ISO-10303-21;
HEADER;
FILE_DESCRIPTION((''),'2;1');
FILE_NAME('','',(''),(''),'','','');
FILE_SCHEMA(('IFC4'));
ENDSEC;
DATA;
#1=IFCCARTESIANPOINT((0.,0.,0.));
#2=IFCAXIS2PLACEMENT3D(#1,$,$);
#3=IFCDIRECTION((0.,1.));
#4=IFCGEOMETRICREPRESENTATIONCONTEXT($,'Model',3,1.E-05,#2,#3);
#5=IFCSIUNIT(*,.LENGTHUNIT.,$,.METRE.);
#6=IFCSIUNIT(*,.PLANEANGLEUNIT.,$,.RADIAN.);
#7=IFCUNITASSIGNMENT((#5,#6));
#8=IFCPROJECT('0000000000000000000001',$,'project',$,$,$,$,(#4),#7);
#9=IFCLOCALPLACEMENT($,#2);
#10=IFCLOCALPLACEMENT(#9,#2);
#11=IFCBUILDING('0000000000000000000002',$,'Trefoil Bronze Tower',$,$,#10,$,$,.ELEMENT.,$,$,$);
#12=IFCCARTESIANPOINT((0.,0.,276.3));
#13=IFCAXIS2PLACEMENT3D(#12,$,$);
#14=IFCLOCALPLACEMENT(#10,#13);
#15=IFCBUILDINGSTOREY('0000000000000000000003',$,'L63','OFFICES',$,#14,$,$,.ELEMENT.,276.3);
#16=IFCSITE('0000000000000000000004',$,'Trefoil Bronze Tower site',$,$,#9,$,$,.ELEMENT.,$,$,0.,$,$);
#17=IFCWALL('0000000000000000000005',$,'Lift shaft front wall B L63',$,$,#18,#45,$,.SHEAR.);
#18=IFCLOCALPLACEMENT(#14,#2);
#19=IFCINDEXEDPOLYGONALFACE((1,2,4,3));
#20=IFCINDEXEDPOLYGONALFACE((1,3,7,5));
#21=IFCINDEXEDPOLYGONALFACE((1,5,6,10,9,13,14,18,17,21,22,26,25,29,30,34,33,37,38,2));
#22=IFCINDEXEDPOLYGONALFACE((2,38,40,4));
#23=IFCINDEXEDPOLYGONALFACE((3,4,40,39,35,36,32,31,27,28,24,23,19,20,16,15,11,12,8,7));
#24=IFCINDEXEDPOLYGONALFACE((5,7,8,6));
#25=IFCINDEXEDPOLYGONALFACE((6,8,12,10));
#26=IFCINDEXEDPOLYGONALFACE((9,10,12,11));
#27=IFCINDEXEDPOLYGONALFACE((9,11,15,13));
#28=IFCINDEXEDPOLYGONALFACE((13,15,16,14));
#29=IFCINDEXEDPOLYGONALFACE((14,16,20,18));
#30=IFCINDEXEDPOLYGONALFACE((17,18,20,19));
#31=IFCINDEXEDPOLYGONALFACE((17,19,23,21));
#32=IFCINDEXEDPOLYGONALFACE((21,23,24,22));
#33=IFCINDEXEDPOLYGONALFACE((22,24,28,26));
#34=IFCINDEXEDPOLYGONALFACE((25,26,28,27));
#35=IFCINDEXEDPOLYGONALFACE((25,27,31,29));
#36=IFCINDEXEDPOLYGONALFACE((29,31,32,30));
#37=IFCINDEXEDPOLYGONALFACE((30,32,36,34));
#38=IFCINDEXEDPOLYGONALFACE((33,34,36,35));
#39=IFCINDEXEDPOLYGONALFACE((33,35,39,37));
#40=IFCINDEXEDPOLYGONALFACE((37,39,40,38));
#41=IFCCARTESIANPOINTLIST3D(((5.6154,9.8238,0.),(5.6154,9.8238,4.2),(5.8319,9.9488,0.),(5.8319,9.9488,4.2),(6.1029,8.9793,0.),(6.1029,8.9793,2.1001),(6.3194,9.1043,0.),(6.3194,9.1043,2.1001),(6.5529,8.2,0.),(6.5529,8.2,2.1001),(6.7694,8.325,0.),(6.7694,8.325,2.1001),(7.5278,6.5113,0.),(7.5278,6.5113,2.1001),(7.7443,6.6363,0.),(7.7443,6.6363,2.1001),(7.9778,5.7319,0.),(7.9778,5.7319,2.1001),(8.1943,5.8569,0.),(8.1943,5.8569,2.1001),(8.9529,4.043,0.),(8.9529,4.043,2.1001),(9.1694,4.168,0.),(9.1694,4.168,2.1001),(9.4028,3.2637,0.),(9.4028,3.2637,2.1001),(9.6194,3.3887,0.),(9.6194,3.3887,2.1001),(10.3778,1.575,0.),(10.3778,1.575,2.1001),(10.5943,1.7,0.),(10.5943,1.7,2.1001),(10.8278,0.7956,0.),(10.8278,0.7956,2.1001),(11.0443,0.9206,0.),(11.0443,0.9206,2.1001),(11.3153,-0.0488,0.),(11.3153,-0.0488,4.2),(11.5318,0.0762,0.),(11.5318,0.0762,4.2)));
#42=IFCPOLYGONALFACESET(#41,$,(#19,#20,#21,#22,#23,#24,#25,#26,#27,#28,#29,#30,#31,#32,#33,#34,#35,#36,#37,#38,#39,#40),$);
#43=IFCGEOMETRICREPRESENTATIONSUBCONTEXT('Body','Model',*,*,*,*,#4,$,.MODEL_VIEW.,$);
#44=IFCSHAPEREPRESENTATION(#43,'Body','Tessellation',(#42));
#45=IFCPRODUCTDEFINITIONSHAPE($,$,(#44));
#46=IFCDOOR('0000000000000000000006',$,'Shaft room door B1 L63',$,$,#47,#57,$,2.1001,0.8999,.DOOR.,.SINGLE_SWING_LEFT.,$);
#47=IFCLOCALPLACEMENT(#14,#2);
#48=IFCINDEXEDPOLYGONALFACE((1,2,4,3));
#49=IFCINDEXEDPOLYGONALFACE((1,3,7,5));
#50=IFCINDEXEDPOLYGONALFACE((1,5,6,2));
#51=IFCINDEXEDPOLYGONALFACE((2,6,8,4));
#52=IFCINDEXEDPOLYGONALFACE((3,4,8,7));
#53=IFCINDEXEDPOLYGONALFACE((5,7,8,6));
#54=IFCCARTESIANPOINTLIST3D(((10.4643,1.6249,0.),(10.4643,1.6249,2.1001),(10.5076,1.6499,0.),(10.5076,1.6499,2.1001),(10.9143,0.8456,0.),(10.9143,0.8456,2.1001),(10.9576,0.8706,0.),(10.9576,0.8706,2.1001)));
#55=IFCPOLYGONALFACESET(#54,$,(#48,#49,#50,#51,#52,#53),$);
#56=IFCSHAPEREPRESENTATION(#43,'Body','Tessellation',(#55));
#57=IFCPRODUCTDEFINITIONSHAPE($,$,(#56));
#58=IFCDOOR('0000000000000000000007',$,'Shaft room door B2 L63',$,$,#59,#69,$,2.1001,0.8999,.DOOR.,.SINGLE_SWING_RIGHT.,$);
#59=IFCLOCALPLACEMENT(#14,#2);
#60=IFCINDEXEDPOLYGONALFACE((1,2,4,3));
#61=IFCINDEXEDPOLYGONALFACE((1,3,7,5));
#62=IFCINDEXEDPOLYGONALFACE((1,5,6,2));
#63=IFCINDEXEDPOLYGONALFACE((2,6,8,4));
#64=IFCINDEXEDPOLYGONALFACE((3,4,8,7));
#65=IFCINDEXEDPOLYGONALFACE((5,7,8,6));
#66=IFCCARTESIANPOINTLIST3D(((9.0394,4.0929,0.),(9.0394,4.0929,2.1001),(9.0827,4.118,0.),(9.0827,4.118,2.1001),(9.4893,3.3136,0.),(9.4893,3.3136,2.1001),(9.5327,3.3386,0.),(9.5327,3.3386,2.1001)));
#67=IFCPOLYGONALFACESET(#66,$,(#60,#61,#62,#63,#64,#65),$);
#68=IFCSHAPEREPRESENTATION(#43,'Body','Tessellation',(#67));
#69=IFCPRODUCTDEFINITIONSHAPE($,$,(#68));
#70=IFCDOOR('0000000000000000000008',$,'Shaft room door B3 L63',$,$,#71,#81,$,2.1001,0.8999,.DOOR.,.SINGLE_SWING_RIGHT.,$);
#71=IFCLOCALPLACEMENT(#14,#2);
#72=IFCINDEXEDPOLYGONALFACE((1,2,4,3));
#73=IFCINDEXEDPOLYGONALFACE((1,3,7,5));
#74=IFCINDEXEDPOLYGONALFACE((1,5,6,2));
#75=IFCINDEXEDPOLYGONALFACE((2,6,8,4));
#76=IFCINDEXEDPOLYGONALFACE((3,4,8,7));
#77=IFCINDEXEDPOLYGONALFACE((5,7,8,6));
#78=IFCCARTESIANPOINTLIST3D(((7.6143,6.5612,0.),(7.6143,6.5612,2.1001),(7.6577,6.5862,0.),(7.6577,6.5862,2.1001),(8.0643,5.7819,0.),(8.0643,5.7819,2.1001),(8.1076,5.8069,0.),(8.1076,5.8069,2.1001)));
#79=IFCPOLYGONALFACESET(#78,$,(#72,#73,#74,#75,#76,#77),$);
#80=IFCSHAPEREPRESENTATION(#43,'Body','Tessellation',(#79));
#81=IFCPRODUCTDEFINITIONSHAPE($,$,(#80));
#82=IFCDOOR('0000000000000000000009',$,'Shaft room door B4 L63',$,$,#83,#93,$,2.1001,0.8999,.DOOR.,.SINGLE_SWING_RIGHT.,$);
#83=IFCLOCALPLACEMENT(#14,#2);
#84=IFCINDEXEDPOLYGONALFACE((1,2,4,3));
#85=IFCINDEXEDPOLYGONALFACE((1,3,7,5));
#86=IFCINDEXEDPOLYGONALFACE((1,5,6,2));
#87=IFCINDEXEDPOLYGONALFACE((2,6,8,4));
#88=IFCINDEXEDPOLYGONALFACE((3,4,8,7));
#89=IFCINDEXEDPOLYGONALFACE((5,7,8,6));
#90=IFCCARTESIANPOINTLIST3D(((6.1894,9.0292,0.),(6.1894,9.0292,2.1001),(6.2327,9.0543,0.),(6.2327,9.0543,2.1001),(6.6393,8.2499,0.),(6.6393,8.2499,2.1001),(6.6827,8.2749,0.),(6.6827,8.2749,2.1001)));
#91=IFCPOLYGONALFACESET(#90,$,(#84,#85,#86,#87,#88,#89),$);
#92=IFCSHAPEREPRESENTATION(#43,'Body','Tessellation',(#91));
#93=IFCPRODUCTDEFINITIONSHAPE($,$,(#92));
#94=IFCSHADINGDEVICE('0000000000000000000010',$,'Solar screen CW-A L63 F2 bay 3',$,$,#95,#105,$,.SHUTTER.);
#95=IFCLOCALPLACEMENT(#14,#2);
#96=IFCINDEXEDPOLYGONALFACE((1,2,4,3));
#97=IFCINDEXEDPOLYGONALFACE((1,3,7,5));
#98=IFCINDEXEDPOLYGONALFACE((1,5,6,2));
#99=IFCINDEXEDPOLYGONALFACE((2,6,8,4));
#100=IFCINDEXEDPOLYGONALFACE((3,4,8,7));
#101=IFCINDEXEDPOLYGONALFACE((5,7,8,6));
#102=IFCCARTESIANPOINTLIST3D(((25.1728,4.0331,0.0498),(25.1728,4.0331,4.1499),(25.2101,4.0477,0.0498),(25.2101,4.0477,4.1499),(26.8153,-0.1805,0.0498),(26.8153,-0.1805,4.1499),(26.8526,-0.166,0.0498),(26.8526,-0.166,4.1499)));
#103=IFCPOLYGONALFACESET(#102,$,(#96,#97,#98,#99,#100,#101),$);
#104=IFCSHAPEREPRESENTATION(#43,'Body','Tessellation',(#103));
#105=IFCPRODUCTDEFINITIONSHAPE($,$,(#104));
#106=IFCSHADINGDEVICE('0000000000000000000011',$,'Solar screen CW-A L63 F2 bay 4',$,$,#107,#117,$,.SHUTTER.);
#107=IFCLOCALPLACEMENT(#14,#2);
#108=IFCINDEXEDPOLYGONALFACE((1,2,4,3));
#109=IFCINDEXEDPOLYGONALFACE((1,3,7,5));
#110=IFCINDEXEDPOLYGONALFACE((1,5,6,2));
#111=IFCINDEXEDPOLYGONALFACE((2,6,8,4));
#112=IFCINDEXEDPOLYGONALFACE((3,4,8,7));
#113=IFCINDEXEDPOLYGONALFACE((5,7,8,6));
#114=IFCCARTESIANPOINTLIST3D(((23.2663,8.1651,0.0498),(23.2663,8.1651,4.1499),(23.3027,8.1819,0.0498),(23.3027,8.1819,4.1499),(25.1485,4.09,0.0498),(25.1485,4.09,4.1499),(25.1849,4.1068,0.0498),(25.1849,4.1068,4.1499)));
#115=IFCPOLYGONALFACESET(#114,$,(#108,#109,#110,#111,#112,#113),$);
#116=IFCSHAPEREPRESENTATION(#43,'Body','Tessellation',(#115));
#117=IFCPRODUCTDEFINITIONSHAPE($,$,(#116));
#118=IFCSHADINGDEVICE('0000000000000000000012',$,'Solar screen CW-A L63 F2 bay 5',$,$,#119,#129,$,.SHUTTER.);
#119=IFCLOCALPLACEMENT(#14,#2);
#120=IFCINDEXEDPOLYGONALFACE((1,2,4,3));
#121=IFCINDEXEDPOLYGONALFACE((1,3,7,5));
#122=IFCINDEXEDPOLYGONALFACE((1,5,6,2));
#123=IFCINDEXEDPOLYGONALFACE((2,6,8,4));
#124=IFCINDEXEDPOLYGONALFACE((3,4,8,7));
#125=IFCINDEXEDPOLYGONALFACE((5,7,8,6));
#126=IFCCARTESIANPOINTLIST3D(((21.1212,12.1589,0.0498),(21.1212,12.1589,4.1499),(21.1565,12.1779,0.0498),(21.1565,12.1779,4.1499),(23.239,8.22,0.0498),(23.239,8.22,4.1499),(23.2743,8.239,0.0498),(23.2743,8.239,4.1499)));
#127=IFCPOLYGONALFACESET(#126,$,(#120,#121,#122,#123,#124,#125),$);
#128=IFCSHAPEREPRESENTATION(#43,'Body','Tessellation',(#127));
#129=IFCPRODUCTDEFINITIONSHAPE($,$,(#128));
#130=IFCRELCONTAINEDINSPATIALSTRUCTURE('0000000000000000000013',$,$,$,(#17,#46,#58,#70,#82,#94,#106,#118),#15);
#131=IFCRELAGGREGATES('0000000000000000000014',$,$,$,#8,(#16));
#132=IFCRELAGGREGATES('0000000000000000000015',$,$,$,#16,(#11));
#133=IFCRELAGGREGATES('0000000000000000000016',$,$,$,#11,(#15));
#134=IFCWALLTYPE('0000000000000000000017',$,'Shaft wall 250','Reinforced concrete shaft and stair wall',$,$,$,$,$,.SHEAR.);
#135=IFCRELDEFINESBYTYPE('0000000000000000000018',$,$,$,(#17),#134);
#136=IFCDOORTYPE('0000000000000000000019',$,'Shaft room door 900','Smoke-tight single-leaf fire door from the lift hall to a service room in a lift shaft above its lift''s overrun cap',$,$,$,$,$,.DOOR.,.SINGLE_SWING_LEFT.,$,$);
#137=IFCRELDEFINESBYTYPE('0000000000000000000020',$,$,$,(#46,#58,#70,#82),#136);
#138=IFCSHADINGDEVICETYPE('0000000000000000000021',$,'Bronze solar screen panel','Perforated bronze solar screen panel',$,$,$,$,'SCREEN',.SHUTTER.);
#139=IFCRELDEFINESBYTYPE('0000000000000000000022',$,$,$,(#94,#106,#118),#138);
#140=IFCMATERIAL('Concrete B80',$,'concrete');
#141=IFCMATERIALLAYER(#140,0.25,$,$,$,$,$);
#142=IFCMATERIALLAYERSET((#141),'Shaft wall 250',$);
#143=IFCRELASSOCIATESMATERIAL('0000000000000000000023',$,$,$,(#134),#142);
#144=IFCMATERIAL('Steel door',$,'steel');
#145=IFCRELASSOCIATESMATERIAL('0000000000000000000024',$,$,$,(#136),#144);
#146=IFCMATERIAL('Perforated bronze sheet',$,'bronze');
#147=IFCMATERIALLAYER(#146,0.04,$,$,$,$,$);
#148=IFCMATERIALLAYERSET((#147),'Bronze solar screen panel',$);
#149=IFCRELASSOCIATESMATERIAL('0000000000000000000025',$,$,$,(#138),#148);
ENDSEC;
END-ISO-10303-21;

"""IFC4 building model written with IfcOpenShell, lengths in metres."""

from ifc_helpers import new_model, si_unit, direction, frame, frame_2d, origin, origin_2d, place, context, subcontext, project, spatial, rectangle, extrude, material, layer, layer_set, type_object, element, fill, save


model = new_model("IFC4")

# Units and contexts
model_context = context("Model", 3, precision=1e-05, world=origin(), true_north=direction((0.0, 1.0)))
body_context = subcontext(model_context, "Body", "Model", "MODEL_VIEW")
ifc_project = project(units=[si_unit("LENGTHUNIT", "METRE"), si_unit("PLANEANGLEUNIT", "RADIAN")], contexts=[model_context])

# Site, building, storey
site_placement = place(None, origin())
site = spatial("IfcSite", under=ifc_project, at=site_placement, Name="Trefoil Bronze Tower site", CompositionType="ELEMENT", RefElevation=0.0)
building_placement = place(site_placement, origin())
building = spatial("IfcBuilding", under=site, at=building_placement, Name="Trefoil Bronze Tower", CompositionType="ELEMENT")
storey_placement = place(building_placement, frame((0.0, 0.0, 276.3)))
storey = spatial("IfcBuildingStorey", under=building, at=storey_placement, Name="L63", Description="OFFICES", CompositionType="ELEMENT", Elevation=276.3)

# Wall, openings, doors
ifc_material_1 = material(Name="Concrete B80", Category="concrete")
ifc_layer_1 = layer(ifc_material_1, 0.25)
ifc_layer_set_1 = layer_set([ifc_layer_1], Name="Shaft wall 250")
wall_type_1 = type_object("IfcWallType", Name="Shaft wall 250", Description="Reinforced concrete shaft and stair wall", PredefinedType="SHEAR", material=ifc_layer_set_1)
wall_1_placement = place(storey_placement, frame((11.4236, 0.0137, 0.0), z_axis=(0.0, 0.0, 1.0), x_axis=(-0.500002, 0.866024, 0.0)))
wall_1 = element("IfcWall", 1, at=wall_1_placement, inside=storey, type_object=wall_type_1, Name="Lift shaft front wall B L63", PredefinedType="SHEAR", context=body_context, shape_type="SweptSolid", body=[
    extrude(rectangle(XDim=11.3999, YDim=0.25, at=frame_2d((5.7, 0.0))), origin(), (0.0, 0.0, 1.0), 4.2),
])
opening_1_placement = place(wall_1_placement, frame((0.9751, 0.0, 0.0)))
opening_1 = element("IfcOpeningElement", 2, at=opening_1_placement, cuts=wall_1, PredefinedType="OPENING", context=body_context, shape_type="SweptSolid", body=[
    extrude(rectangle(XDim=0.8999, YDim=2.1001, at=frame_2d((0.45, 1.05))), frame((0.0, 0.135, 0.0), z_axis=(0.0, -1.0, 0.0), x_axis=(1.0, 0.0, 0.0)), (0.0, 0.0, 1.0), 0.27),
])
opening_2_placement = place(wall_1_placement, frame((3.825, 0.0, 0.0)))
opening_2 = element("IfcOpeningElement", 3, at=opening_2_placement, cuts=wall_1, PredefinedType="OPENING", context=body_context, shape_type="SweptSolid", body=[
    extrude(rectangle(XDim=0.8999, YDim=2.1001, at=frame_2d((0.45, 1.05))), frame((0.0, 0.135, 0.0), z_axis=(0.0, -1.0, 0.0), x_axis=(1.0, 0.0, 0.0)), (0.0, 0.0, 1.0), 0.27),
])
opening_3_placement = place(wall_1_placement, frame((6.675, 0.0, 0.0)))
opening_3 = element("IfcOpeningElement", 4, at=opening_3_placement, cuts=wall_1, PredefinedType="OPENING", context=body_context, shape_type="SweptSolid", body=[
    extrude(rectangle(XDim=0.8999, YDim=2.1001, at=frame_2d((0.45, 1.05))), frame((0.0, 0.135, 0.0), z_axis=(0.0, -1.0, 0.0), x_axis=(1.0, 0.0, 0.0)), (0.0, 0.0, 1.0), 0.27),
])
opening_4_placement = place(wall_1_placement, frame((9.5249, 0.0, 0.0)))
opening_4 = element("IfcOpeningElement", 5, at=opening_4_placement, cuts=wall_1, PredefinedType="OPENING", context=body_context, shape_type="SweptSolid", body=[
    extrude(rectangle(XDim=0.8999, YDim=2.1001, at=frame_2d((0.45, 1.05))), frame((0.0, 0.135, 0.0), z_axis=(0.0, -1.0, 0.0), x_axis=(1.0, 0.0, 0.0)), (0.0, 0.0, 1.0), 0.27),
])
ifc_material_2 = material(Name="Steel door", Category="steel")
door_type_1 = type_object("IfcDoorType", Name="Shaft room door 900", Description="Smoke-tight single-leaf fire door from the lift hall to a service room in a lift shaft above its lift's overrun cap", OperationType="SINGLE_SWING_LEFT", PredefinedType="DOOR", material=ifc_material_2)
door_1_placement = place(opening_1_placement, frame((0.8999, 0.0, 0.0), z_axis=(0.0, 0.0, 1.0), x_axis=(-1.0, 0.0, 0.0)))
door_1 = element("IfcDoor", 6, at=door_1_placement, inside=storey, type_object=door_type_1, Name="Shaft room door B1 L63", OperationType="SINGLE_SWING_LEFT", OverallHeight=2.1001, OverallWidth=0.8999, PredefinedType="DOOR", context=body_context, shape_type="SweptSolid", body=[
    extrude(rectangle(XDim=0.8999, YDim=2.1001, at=frame_2d((0.45, 1.05))), frame((0.0, 0.0249, 0.0), z_axis=(0.0, -1.0, 0.0), x_axis=(1.0, 0.0, 0.0)), (0.0, 0.0, 1.0), 0.05),
])
fill(opening_1, door_1)
door_2_placement = place(opening_2_placement, frame((0.8999, 0.0, 0.0), z_axis=(0.0, 0.0, 1.0), x_axis=(-1.0, 0.0, 0.0)))
door_2 = element("IfcDoor", 7, at=door_2_placement, inside=storey, type_object=door_type_1, Name="Shaft room door B2 L63", OperationType="SINGLE_SWING_RIGHT", OverallHeight=2.1001, OverallWidth=0.8999, PredefinedType="DOOR", context=body_context, shape_type="SweptSolid", body=[
    extrude(rectangle(XDim=0.8999, YDim=2.1001, at=frame_2d((0.45, 1.05))), frame((0.0, 0.0249, 0.0), z_axis=(0.0, -1.0, 0.0), x_axis=(1.0, 0.0, 0.0)), (0.0, 0.0, 1.0), 0.05),
])
fill(opening_2, door_2)
door_3_placement = place(opening_3_placement, frame((0.8999, 0.0, 0.0), z_axis=(0.0, 0.0, 1.0), x_axis=(-1.0, 0.0, 0.0)))
door_3 = element("IfcDoor", 8, at=door_3_placement, inside=storey, type_object=door_type_1, Name="Shaft room door B3 L63", OperationType="SINGLE_SWING_RIGHT", OverallHeight=2.1001, OverallWidth=0.8999, PredefinedType="DOOR", context=body_context, shape_type="SweptSolid", body=[
    extrude(rectangle(XDim=0.8999, YDim=2.1001, at=frame_2d((0.45, 1.05))), frame((0.0, 0.0249, 0.0), z_axis=(0.0, -1.0, 0.0), x_axis=(1.0, 0.0, 0.0)), (0.0, 0.0, 1.0), 0.05),
])
fill(opening_3, door_3)
door_4_placement = place(opening_4_placement, frame((0.8999, 0.0, 0.0), z_axis=(0.0, 0.0, 1.0), x_axis=(-1.0, 0.0, 0.0)))
door_4 = element("IfcDoor", 9, at=door_4_placement, inside=storey, type_object=door_type_1, Name="Shaft room door B4 L63", OperationType="SINGLE_SWING_RIGHT", OverallHeight=2.1001, OverallWidth=0.8999, PredefinedType="DOOR", context=body_context, shape_type="SweptSolid", body=[
    extrude(rectangle(XDim=0.8999, YDim=2.1001, at=frame_2d((0.45, 1.05))), frame((0.0, 0.0249, 0.0), z_axis=(0.0, -1.0, 0.0), x_axis=(1.0, 0.0, 0.0)), (0.0, 0.0, 1.0), 0.05),
])
fill(opening_4, door_4)

# Shading devices
ifc_material_3 = material(Name="Perforated bronze sheet", Category="bronze")
ifc_layer_2 = layer(ifc_material_3, 0.04)
ifc_layer_set_2 = layer_set([ifc_layer_2], Name="Bronze solar screen panel")
shading_device_type = type_object("IfcShadingDeviceType", Name="Bronze solar screen panel", Description="Perforated bronze solar screen panel", ElementType="SCREEN", PredefinedType="SHUTTER", material=ifc_layer_set_2)
shading_device_1_placement = place(storey_placement, frame((26.0127, 1.9336, 0.0498), z_axis=(0.0, 0.0, 1.0), x_axis=(-0.363199, 0.931712, 0.0)))
element("IfcShadingDevice", 10, at=shading_device_1_placement, inside=storey, type_object=shading_device_type, Name="Solar screen CW-A L63 F2 bay 3", PredefinedType="SHUTTER", context=body_context, shape_type="SweptSolid", body=[
    extrude(rectangle(XDim=4.5225, YDim=0.04, at=origin_2d()), origin(), (0.0, 0.0, 1.0), 4.1001),
])
shading_device_2_placement = place(storey_placement, frame((24.2256, 6.136, 0.0498), z_axis=(0.0, 0.0, 1.0), x_axis=(-0.419309, 0.907844, 0.0)))
element("IfcShadingDevice", 11, at=shading_device_2_placement, inside=storey, type_object=shading_device_type, Name="Solar screen CW-A L63 F2 bay 4", PredefinedType="SHUTTER", context=body_context, shape_type="SweptSolid", body=[
    extrude(rectangle(XDim=4.4888, YDim=0.04, at=origin_2d()), origin(), (0.0, 0.0, 1.0), 4.1001),
])
shading_device_3_placement = place(storey_placement, frame((22.1978, 10.199, 0.0498), z_axis=(0.0, 0.0, 1.0), x_axis=(-0.473562, 0.88076, 0.0)))
element("IfcShadingDevice", 12, at=shading_device_3_placement, inside=storey, type_object=shading_device_type, Name="Solar screen CW-A L63 F2 bay 5", PredefinedType="SHUTTER", context=body_context, shape_type="SweptSolid", body=[
    extrude(rectangle(XDim=4.4722, YDim=0.04, at=origin_2d()), origin(), (0.0, 0.0, 1.0), 4.1001),
])

save(model, "model.ifc")
